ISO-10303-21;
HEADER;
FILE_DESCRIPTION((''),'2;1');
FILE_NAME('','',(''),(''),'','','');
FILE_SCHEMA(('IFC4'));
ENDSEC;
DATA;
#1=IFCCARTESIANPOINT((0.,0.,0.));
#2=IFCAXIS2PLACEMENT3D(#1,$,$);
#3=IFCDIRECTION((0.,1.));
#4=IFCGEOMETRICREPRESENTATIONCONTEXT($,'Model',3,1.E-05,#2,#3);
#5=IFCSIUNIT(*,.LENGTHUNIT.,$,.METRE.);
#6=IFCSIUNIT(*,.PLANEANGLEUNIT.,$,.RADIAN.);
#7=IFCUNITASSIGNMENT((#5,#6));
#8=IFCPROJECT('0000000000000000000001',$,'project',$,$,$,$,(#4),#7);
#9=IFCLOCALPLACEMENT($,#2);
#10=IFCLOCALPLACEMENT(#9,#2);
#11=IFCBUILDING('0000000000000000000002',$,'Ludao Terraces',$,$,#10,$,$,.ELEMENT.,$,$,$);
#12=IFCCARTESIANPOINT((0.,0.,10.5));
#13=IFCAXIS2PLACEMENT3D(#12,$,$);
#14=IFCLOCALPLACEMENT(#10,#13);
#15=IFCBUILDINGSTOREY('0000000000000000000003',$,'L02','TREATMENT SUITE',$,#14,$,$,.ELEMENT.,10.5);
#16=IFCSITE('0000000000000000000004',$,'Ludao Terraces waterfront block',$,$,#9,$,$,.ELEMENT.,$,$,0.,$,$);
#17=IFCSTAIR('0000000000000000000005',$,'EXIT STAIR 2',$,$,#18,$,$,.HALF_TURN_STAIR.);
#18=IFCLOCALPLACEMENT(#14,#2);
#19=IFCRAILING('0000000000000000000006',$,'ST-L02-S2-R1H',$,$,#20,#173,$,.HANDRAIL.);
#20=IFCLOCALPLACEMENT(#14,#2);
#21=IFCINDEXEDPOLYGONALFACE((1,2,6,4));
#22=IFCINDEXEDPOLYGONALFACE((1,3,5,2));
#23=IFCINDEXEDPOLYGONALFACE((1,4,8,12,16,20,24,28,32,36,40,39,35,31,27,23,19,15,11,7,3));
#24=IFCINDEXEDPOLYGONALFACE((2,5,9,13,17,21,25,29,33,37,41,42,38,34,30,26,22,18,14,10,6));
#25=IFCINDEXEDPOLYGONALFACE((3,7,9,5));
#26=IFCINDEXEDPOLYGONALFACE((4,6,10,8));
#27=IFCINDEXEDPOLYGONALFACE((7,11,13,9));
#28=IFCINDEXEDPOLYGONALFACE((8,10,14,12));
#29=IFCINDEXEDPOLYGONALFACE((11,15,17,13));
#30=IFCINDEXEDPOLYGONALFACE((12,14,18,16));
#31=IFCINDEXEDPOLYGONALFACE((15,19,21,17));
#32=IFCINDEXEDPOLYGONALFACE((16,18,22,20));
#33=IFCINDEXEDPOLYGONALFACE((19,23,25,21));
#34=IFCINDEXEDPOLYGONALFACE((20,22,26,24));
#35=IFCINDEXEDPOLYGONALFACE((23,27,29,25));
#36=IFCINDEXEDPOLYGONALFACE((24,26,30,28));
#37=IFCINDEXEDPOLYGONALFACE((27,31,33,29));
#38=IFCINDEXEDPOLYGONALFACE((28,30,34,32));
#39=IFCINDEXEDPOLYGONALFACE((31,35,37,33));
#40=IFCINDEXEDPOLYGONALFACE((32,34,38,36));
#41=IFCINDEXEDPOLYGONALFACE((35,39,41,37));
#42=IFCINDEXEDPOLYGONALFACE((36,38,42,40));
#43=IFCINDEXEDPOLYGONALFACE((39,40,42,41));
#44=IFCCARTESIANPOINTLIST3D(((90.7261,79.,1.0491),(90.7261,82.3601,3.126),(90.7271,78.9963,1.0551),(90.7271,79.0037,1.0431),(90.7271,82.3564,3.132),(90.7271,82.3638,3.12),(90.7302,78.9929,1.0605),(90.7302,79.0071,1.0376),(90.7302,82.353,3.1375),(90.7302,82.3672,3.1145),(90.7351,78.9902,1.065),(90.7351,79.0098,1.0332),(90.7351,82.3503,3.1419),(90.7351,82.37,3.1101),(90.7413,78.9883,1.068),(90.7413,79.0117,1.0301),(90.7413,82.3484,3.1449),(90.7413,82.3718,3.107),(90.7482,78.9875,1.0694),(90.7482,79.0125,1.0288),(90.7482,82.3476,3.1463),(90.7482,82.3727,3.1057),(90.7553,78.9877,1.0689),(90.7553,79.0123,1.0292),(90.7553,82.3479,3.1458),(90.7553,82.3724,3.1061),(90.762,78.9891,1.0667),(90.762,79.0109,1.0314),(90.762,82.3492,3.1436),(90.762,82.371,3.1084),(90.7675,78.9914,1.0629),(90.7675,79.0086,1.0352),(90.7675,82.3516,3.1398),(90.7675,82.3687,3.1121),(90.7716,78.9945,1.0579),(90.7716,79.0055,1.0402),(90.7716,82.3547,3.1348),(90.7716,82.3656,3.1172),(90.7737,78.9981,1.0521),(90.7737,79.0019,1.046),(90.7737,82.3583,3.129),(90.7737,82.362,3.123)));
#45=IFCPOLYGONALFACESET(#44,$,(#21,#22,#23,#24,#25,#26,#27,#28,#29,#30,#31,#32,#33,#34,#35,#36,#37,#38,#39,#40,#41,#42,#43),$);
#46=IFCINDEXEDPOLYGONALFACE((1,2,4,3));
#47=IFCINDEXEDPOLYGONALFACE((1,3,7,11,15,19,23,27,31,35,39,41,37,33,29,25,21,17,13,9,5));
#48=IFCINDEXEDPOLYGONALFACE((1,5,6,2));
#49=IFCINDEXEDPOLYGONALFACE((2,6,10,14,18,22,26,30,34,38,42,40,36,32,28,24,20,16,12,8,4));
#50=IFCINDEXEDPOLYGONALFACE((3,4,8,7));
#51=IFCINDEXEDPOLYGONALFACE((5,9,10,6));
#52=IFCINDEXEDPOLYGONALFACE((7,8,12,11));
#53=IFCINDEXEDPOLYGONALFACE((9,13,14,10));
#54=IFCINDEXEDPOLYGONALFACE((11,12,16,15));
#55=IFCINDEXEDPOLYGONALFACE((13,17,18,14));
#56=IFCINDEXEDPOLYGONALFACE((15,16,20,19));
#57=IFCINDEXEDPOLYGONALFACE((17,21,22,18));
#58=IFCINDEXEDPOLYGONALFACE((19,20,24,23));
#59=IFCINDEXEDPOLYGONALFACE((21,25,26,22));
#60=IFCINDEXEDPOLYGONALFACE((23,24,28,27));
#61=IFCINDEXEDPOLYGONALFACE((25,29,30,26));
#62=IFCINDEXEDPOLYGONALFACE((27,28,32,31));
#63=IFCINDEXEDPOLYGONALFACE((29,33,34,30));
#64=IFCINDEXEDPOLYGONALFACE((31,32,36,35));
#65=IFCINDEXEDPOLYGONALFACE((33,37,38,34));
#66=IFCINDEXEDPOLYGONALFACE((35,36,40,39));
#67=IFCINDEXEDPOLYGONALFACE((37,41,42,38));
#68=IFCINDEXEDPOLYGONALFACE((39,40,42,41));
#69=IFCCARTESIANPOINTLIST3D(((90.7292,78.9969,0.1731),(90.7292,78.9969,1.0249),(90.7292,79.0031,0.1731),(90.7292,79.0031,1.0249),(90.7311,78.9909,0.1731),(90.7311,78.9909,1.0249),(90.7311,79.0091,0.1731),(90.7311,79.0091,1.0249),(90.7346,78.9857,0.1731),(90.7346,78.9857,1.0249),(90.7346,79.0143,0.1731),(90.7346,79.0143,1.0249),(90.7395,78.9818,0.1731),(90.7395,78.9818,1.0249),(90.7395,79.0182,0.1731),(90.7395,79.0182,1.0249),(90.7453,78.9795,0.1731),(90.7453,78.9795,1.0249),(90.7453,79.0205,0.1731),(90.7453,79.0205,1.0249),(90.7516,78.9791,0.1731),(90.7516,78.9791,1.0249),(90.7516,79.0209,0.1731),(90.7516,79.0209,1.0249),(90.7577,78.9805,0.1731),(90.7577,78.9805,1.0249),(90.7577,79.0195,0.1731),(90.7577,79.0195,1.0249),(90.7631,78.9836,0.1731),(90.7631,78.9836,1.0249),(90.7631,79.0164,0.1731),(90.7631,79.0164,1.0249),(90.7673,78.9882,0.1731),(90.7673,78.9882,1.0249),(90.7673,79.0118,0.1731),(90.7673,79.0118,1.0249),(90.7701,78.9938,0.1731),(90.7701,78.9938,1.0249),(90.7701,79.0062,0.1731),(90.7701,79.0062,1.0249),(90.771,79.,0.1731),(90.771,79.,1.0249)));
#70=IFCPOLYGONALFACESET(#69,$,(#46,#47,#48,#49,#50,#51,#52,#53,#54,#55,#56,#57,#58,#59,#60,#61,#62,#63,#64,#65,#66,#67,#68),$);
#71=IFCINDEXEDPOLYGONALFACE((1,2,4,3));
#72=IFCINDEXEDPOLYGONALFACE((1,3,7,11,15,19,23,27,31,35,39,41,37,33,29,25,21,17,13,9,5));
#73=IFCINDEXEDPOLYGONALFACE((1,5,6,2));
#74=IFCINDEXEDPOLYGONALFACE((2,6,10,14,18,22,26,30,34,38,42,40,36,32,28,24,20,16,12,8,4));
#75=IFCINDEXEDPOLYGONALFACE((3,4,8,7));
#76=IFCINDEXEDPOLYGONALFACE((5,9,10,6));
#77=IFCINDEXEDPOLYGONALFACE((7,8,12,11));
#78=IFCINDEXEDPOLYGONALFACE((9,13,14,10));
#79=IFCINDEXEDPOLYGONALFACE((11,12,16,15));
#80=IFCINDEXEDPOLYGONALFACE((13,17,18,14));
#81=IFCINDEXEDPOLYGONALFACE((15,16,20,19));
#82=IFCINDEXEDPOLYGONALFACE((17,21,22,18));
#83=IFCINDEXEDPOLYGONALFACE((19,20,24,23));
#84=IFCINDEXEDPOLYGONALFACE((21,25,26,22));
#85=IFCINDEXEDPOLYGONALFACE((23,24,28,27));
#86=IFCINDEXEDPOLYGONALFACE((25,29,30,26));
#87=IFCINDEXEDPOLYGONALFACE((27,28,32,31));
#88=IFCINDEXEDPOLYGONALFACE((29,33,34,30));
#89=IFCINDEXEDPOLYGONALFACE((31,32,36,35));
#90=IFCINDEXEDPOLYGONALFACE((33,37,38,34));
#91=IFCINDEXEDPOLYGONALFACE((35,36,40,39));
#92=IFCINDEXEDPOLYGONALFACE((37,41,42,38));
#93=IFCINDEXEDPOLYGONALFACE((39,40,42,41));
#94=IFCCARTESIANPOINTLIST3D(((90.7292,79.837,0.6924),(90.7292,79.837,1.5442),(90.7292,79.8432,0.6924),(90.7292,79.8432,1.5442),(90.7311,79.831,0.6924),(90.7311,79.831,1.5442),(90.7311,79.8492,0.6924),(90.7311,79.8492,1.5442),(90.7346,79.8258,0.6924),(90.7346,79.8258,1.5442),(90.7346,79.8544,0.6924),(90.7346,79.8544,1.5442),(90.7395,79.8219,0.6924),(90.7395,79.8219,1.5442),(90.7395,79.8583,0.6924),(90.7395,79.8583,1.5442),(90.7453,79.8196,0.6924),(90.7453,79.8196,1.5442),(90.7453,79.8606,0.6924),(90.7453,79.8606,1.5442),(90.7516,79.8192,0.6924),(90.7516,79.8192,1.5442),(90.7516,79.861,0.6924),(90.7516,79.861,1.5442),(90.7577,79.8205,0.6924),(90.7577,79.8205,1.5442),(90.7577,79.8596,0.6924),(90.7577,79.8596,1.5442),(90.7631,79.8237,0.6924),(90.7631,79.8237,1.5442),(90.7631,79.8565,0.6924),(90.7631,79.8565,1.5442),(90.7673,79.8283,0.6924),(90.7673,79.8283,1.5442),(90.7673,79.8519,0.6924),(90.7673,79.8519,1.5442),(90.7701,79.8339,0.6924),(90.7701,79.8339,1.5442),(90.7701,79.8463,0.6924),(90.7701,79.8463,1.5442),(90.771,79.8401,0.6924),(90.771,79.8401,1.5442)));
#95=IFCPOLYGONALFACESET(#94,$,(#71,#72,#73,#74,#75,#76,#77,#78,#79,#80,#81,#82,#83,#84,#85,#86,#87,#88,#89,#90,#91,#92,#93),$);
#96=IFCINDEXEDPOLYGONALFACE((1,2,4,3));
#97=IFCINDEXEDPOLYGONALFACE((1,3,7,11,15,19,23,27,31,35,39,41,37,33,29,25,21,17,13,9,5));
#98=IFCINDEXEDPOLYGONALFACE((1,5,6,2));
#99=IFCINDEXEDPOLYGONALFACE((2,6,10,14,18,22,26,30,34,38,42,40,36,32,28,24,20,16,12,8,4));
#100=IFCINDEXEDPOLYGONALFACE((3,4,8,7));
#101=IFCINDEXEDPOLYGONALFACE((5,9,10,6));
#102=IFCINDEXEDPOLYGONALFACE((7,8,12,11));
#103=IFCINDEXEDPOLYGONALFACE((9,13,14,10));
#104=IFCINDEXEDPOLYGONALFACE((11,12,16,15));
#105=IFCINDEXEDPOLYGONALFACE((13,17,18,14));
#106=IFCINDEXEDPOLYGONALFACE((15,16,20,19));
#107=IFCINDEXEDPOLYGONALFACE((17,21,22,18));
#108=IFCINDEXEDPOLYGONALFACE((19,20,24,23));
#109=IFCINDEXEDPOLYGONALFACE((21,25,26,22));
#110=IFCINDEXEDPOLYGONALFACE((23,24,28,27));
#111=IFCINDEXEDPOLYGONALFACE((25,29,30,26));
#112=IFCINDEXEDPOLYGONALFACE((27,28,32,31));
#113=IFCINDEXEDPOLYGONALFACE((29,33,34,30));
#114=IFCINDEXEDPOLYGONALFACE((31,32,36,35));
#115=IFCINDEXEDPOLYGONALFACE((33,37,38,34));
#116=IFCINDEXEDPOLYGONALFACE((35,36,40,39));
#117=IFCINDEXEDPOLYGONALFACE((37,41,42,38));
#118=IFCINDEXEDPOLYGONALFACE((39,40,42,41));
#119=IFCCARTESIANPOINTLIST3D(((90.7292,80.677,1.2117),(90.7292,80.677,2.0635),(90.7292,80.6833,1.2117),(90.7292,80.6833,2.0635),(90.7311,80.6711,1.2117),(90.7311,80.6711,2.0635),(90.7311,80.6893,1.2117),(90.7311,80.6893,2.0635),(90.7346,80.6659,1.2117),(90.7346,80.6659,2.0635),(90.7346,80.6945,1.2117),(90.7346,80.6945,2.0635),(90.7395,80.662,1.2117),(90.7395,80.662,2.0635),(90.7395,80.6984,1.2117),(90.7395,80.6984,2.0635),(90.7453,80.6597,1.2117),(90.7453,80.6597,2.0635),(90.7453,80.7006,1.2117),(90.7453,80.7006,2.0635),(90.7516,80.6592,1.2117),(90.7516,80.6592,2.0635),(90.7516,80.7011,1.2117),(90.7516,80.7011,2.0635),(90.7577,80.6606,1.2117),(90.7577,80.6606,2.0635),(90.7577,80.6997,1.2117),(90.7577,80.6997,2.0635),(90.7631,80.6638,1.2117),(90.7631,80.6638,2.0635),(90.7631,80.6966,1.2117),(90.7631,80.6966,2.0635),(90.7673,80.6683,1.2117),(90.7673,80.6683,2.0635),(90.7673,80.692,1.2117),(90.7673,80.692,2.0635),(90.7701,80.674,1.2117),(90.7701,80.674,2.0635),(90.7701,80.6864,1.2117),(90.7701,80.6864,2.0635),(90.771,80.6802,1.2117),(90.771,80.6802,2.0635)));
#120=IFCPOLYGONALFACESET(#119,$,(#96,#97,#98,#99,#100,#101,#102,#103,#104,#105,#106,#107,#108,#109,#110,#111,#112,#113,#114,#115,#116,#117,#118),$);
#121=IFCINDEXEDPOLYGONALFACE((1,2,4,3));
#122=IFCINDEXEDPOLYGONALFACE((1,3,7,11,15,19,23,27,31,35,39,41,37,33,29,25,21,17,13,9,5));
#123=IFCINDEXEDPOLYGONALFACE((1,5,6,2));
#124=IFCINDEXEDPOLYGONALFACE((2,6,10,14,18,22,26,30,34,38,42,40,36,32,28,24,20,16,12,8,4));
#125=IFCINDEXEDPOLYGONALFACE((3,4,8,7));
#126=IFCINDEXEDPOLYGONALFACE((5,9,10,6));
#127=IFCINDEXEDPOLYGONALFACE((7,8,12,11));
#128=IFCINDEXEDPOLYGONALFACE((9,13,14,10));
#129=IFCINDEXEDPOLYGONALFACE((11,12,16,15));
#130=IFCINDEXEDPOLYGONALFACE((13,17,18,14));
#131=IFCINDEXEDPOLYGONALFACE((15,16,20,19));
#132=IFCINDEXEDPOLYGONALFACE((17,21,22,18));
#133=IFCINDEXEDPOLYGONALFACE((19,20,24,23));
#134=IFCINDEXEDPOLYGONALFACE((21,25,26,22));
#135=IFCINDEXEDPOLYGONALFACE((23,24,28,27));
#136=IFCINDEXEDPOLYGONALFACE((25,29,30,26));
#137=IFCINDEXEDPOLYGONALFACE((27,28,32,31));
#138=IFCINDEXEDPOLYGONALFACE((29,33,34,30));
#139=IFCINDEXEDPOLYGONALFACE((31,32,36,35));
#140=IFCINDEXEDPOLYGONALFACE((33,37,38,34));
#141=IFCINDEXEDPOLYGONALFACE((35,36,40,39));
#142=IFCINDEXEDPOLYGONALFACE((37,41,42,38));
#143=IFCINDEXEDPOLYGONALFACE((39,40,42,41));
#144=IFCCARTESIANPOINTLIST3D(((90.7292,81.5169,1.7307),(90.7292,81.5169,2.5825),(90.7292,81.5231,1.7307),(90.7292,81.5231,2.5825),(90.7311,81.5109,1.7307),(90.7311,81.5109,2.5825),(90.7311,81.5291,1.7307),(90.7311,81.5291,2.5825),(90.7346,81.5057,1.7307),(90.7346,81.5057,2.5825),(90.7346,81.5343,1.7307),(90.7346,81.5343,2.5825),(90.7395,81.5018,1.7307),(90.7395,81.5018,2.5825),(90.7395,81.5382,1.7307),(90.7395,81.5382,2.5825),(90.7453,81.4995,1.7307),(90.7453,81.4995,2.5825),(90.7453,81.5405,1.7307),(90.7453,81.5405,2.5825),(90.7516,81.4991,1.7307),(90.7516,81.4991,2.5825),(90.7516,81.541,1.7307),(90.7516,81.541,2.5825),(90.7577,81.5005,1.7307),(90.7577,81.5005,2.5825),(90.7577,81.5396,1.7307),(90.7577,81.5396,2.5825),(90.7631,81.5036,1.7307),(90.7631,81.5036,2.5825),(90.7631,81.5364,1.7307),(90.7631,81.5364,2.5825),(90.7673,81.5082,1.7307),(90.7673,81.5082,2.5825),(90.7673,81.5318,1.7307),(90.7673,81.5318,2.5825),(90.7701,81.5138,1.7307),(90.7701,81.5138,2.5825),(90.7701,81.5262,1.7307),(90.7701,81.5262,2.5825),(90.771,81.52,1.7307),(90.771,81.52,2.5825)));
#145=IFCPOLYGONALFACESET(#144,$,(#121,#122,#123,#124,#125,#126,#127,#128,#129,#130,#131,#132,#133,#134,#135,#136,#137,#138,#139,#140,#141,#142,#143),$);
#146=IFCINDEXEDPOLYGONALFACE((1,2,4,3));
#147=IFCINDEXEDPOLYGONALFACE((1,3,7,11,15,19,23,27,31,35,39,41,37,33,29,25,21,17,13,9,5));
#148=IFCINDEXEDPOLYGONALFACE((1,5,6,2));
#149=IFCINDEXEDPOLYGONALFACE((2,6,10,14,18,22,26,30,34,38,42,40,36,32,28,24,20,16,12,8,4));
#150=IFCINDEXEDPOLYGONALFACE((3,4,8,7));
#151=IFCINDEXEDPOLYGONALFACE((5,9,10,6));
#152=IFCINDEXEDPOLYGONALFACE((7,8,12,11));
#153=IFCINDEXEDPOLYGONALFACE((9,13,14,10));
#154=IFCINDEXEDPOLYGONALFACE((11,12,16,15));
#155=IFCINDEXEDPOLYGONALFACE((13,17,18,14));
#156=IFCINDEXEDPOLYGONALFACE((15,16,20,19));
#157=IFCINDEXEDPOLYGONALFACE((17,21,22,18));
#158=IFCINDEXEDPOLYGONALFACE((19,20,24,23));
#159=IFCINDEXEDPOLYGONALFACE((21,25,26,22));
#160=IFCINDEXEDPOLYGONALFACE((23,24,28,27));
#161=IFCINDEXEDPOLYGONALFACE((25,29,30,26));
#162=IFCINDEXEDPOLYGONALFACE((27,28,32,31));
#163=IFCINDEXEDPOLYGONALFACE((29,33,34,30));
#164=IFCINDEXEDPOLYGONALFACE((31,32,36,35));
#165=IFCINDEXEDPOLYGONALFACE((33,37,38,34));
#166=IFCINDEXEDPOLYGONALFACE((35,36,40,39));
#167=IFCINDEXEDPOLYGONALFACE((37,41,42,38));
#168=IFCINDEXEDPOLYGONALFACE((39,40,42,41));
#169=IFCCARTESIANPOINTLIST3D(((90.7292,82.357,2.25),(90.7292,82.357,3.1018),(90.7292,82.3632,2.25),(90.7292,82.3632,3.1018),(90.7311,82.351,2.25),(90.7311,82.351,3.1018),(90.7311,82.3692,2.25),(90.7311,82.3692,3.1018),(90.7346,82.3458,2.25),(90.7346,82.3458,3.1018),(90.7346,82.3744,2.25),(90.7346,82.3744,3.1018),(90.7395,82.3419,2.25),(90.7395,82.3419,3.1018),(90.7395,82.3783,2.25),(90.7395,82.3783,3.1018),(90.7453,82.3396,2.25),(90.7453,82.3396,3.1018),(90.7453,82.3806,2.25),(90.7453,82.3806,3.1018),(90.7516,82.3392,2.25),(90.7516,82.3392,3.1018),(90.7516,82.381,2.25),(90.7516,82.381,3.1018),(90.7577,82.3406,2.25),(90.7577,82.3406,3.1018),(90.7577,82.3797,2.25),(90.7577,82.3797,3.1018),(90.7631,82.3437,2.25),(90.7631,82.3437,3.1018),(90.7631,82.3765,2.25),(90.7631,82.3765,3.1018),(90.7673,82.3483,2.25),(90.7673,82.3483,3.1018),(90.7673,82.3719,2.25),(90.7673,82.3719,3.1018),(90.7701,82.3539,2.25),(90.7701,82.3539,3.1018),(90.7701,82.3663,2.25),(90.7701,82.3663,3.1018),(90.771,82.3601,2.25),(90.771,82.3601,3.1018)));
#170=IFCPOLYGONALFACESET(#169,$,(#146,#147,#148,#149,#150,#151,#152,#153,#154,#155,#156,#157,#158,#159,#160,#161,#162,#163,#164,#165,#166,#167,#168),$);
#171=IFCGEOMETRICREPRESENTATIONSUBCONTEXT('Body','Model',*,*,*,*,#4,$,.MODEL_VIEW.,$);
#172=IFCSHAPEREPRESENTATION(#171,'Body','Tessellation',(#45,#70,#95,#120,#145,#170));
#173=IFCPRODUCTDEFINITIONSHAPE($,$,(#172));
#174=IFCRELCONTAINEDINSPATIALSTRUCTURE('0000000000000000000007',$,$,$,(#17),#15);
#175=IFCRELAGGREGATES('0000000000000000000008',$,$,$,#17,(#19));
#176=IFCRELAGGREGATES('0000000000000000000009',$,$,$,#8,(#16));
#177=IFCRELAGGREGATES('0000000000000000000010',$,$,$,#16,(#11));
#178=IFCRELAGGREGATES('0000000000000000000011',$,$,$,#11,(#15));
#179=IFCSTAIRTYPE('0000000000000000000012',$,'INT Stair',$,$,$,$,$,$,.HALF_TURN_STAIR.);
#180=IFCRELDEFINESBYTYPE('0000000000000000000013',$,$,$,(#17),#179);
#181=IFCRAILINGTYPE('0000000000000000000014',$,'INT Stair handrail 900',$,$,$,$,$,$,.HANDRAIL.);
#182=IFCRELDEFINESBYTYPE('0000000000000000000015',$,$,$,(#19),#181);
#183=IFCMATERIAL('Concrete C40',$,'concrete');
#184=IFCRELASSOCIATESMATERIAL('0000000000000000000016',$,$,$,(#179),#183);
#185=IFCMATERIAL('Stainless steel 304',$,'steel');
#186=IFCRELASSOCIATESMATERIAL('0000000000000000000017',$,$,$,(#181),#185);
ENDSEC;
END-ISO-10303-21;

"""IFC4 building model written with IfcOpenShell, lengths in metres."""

from ifc_helpers import new_model, si_unit, direction, frame, origin, origin_2d, place, context, subcontext, project, spatial, circle, extrude, material, type_object, element, aggregate, save


model = new_model("IFC4")

# Units and contexts
model_context = context("Model", 3, precision=1e-05, world=origin(), true_north=direction((0.0, 1.0)))
body_context = subcontext(model_context, "Body", "Model", "MODEL_VIEW")
ifc_project = project(units=[si_unit("LENGTHUNIT", "METRE"), si_unit("PLANEANGLEUNIT", "RADIAN")], contexts=[model_context])

# Site, building, storey
site_placement = place(None, origin())
site = spatial("IfcSite", under=ifc_project, at=site_placement, Name="Ludao Terraces waterfront block", CompositionType="ELEMENT", RefElevation=0.0)
building_placement = place(site_placement, origin())
building = spatial("IfcBuilding", under=site, at=building_placement, Name="Ludao Terraces", CompositionType="ELEMENT")
storey_placement = place(building_placement, frame((0.0, 0.0, 10.5)))
storey = spatial("IfcBuildingStorey", under=building, at=storey_placement, Name="L02", Description="TREATMENT SUITE", CompositionType="ELEMENT", Elevation=10.5)

# Shared definitions
ifc_material_1 = material(Name="Concrete C40", Category="concrete")

# Shared definitions
ifc_material_2 = material(Name="Stainless steel 304", Category="steel")

# Stair, railing
stair_type = type_object("IfcStairType", Name="INT Stair", PredefinedType="HALF_TURN_STAIR", material=ifc_material_1)
stair_placement = place(storey_placement, origin())
stair = element("IfcStair", 1, at=stair_placement, inside=storey, type_object=stair_type, Name="EXIT STAIR 2", PredefinedType="HALF_TURN_STAIR")
railing_type_1 = type_object("IfcRailingType", Name="INT Stair handrail 900", PredefinedType="HANDRAIL", material=ifc_material_2)
railing_1_placement = place(storey_placement, frame((90.75, 79.0, 0.1731)))
railing_1 = element("IfcRailing", 2, at=railing_1_placement, type_object=railing_type_1, Name="ST-L02-S2-R1H", PredefinedType="HANDRAIL", context=body_context, shape_type="SweptSolid", body=[
    extrude(circle(Radius=0.0239, at=origin_2d()), frame((0.0, 0.0, 0.876), z_axis=(0.0, 0.850623, 0.525776), x_axis=(-1.0, 0.0, 0.0)), (0.0, 0.0, 1.0), 3.9502),
    extrude(circle(Radius=0.021, at=origin_2d()), origin(), (0.0, 0.0, 1.0), 0.8518),
    extrude(circle(Radius=0.021, at=origin_2d()), frame((0.0, 0.8401, 0.5193)), (0.0, 0.0, 1.0), 0.8518),
    extrude(circle(Radius=0.021, at=origin_2d()), frame((0.0, 1.6802, 1.0386)), (0.0, 0.0, 1.0), 0.8518),
    extrude(circle(Radius=0.021, at=origin_2d()), frame((0.0, 2.52, 1.5576)), (0.0, 0.0, 1.0), 0.8518),
    extrude(circle(Radius=0.021, at=origin_2d()), frame((0.0, 3.3601, 2.0769)), (0.0, 0.0, 1.0), 0.8518),
])
aggregate(stair, [railing_1])

save(model, "model.ifc")
